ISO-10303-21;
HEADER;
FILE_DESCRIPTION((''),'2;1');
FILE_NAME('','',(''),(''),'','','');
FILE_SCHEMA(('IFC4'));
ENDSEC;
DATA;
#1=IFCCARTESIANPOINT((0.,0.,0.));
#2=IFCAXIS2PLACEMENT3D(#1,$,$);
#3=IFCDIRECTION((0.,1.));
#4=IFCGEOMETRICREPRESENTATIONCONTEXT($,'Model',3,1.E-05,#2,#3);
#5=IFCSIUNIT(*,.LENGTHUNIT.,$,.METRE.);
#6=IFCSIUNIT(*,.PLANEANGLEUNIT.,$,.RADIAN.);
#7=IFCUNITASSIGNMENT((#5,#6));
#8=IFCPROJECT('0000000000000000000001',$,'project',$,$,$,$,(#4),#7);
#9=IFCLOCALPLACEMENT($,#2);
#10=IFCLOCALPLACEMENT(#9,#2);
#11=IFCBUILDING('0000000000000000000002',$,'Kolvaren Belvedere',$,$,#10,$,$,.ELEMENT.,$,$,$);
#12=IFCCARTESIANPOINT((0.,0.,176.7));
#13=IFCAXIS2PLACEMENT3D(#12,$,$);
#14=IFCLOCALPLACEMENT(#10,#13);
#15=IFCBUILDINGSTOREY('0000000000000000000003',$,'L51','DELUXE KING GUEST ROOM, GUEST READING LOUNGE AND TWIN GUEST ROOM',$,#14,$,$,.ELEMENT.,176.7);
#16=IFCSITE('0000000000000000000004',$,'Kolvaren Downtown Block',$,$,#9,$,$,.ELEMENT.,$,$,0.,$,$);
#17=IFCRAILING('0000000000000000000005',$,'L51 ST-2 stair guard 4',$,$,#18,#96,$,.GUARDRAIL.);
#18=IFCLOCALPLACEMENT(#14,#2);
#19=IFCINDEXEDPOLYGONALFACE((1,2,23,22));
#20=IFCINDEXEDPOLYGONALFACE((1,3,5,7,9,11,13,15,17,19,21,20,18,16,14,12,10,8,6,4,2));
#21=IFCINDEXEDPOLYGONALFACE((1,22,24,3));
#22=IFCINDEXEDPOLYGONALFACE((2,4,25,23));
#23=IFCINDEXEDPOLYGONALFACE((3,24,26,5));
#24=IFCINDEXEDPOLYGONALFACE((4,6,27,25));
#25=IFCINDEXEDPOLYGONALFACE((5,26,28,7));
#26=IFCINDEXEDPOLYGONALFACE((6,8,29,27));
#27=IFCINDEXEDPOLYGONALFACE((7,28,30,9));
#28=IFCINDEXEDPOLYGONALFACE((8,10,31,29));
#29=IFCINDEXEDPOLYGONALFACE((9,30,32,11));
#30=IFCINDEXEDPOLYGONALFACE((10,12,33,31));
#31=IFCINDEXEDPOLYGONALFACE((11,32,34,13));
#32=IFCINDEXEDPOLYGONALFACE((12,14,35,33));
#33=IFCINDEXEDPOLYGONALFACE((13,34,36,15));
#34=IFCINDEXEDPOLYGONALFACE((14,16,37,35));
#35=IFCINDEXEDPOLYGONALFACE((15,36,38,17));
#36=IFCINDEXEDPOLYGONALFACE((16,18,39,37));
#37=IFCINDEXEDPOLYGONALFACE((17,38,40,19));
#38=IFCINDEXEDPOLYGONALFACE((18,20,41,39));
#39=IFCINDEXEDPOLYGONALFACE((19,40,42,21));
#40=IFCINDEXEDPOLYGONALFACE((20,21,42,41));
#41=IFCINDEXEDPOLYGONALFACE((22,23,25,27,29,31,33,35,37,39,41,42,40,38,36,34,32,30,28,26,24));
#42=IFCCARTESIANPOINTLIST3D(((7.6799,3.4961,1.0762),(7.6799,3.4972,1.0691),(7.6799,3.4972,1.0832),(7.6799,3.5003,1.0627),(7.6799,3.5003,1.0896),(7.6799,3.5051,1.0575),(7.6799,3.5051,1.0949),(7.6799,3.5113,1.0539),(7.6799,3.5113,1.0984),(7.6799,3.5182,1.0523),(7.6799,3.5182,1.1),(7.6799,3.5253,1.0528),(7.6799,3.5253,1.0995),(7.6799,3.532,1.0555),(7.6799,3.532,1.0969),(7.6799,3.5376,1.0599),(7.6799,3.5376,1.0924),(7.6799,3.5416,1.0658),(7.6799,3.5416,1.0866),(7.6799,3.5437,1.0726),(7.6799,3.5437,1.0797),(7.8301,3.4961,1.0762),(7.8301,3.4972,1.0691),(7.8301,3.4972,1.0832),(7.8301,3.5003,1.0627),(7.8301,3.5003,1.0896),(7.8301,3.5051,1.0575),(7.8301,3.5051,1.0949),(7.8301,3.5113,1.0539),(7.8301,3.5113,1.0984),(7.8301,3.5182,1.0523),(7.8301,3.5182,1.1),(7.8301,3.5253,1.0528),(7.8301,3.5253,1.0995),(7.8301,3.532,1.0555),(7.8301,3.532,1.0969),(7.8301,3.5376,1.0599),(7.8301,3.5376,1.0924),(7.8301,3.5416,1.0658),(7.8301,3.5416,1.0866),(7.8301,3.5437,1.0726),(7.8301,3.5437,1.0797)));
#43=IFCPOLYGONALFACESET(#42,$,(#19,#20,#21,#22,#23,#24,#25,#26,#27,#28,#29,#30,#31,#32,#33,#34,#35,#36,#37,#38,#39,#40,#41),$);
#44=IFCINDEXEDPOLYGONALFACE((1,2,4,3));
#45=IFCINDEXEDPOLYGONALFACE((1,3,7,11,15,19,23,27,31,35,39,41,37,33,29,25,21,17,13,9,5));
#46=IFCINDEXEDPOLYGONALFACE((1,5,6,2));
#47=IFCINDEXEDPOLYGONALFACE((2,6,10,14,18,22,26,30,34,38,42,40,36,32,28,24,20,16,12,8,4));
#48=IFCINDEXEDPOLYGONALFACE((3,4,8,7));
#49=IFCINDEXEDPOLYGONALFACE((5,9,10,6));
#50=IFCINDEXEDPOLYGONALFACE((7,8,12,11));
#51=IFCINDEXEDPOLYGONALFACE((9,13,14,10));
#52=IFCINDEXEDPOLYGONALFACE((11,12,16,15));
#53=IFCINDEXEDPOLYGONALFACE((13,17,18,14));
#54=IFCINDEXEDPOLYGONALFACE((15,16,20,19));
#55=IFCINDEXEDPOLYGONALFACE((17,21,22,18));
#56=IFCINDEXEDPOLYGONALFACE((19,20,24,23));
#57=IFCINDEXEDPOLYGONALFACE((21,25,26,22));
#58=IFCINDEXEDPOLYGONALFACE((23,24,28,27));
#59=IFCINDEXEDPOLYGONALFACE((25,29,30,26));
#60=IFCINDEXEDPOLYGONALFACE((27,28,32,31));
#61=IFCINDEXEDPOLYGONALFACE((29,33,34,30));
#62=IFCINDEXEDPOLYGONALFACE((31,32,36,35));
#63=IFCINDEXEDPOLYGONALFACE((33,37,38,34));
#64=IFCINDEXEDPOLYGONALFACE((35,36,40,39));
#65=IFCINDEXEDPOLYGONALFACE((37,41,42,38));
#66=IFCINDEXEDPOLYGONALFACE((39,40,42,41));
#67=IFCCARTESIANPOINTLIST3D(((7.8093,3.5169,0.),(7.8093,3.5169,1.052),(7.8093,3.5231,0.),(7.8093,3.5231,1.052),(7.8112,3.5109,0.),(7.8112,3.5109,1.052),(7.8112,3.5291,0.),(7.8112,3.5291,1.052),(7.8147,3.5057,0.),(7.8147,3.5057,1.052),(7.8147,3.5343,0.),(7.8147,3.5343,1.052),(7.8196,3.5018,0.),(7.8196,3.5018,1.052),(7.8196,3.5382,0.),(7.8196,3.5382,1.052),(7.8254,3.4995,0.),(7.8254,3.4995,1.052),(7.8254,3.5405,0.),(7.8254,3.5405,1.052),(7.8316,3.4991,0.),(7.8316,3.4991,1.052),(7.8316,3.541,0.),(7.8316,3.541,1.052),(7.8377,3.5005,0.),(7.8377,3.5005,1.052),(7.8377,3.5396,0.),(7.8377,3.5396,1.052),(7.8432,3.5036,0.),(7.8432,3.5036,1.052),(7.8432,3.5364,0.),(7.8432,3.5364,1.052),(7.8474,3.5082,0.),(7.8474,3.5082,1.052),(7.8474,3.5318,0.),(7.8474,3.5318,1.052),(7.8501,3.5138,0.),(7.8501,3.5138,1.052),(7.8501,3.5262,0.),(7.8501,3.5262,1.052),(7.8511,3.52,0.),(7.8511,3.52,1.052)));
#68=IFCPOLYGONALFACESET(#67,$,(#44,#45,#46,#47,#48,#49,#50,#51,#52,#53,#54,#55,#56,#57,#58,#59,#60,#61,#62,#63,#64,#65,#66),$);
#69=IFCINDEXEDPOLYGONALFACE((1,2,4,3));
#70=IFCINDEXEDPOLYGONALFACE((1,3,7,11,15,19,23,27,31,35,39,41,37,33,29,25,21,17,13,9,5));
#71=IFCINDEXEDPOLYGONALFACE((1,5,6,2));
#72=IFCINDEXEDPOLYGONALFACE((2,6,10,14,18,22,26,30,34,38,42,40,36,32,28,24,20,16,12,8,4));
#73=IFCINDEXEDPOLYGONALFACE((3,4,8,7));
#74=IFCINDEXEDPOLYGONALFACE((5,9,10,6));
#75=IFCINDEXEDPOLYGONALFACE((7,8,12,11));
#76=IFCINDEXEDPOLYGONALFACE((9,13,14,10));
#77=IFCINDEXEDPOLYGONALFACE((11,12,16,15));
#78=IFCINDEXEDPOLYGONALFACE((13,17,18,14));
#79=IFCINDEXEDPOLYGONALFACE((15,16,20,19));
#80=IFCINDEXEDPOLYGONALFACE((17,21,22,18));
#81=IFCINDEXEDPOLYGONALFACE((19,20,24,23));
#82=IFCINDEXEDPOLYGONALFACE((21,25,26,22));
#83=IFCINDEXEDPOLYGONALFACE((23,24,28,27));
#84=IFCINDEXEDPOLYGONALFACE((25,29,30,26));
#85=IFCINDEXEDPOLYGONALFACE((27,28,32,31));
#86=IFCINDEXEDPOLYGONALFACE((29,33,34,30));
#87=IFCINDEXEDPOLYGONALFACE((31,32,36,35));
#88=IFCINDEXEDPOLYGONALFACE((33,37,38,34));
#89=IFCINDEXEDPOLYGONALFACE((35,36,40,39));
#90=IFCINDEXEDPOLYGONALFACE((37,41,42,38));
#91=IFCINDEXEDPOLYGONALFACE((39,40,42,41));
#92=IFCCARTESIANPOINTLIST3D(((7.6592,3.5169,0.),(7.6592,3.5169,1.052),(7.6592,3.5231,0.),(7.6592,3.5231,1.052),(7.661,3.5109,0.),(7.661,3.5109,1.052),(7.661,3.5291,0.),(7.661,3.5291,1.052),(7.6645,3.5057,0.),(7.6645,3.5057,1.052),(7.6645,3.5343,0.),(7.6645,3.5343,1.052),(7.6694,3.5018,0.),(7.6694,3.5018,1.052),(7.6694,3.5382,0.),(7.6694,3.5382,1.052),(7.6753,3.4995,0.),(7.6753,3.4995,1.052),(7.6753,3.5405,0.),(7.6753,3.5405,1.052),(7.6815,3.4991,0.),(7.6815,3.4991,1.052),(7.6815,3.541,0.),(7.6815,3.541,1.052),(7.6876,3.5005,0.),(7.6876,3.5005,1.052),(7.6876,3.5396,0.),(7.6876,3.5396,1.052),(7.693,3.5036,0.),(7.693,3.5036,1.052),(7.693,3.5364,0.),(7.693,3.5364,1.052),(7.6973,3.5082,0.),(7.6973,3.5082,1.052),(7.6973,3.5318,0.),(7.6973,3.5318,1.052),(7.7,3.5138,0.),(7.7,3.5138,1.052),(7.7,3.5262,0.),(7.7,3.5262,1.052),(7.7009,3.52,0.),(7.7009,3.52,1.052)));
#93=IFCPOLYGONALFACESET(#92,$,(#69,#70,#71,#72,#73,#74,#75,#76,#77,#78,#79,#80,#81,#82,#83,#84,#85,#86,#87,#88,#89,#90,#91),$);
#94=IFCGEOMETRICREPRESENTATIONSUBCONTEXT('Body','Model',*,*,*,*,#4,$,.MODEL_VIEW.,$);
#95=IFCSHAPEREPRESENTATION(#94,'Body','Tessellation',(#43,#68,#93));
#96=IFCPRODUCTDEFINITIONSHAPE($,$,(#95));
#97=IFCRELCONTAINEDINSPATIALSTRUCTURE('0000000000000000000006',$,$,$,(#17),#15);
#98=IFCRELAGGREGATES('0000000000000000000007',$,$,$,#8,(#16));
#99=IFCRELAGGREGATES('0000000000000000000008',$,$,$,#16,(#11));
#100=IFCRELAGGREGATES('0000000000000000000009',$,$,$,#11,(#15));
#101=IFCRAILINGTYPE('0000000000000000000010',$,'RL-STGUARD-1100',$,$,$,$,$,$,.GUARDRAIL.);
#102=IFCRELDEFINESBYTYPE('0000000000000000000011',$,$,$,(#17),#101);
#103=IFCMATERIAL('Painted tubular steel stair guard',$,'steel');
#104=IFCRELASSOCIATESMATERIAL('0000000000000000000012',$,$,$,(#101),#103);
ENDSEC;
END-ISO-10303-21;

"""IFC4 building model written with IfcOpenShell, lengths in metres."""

from ifc_helpers import new_model, si_unit, direction, frame, origin, origin_2d, place, context, subcontext, project, spatial, circle, extrude, material, type_object, element, save


model = new_model("IFC4")

# Units and contexts
model_context = context("Model", 3, precision=1e-05, world=origin(), true_north=direction((0.0, 1.0)))
body_context = subcontext(model_context, "Body", "Model", "MODEL_VIEW")
ifc_project = project(units=[si_unit("LENGTHUNIT", "METRE"), si_unit("PLANEANGLEUNIT", "RADIAN")], contexts=[model_context])

# Site, building, storey
site_placement = place(None, origin())
site = spatial("IfcSite", under=ifc_project, at=site_placement, Name="Kolvaren Downtown Block", CompositionType="ELEMENT", RefElevation=0.0)
building_placement = place(site_placement, origin())
building = spatial("IfcBuilding", under=site, at=building_placement, Name="Kolvaren Belvedere", CompositionType="ELEMENT")
storey_placement = place(building_placement, frame((0.0, 0.0, 176.7)))
storey = spatial("IfcBuildingStorey", under=building, at=storey_placement, Name="L51", Description="DELUXE KING GUEST ROOM, GUEST READING LOUNGE AND TWIN GUEST ROOM", CompositionType="ELEMENT", Elevation=176.7)

# Railing
ifc_material_1 = material(Name="Painted tubular steel stair guard", Category="steel")
railing_type_1 = type_object("IfcRailingType", Name="RL-STGUARD-1100", PredefinedType="GUARDRAIL", material=ifc_material_1)
railing_1_placement = place(storey_placement, frame((7.8301, 3.52, 0.0)))
element("IfcRailing", 1, at=railing_1_placement, inside=storey, type_object=railing_type_1, Name="L51 ST-2 stair guard 4", PredefinedType="GUARDRAIL", context=body_context, shape_type="SweptSolid", body=[
    extrude(circle(Radius=0.0239, at=origin_2d()), frame((0.0, 0.0, 1.0762), z_axis=(-1.0, 0.0, 0.0), x_axis=(0.0, -1.0, 0.0)), (0.0, 0.0, 1.0), 0.1501),
    extrude(circle(Radius=0.021, at=origin_2d()), origin(), (0.0, 0.0, 1.0), 1.052),
    extrude(circle(Radius=0.021, at=origin_2d()), frame((-0.1501, 0.0, 0.0)), (0.0, 0.0, 1.0), 1.052),
])

save(model, "model.ifc")
